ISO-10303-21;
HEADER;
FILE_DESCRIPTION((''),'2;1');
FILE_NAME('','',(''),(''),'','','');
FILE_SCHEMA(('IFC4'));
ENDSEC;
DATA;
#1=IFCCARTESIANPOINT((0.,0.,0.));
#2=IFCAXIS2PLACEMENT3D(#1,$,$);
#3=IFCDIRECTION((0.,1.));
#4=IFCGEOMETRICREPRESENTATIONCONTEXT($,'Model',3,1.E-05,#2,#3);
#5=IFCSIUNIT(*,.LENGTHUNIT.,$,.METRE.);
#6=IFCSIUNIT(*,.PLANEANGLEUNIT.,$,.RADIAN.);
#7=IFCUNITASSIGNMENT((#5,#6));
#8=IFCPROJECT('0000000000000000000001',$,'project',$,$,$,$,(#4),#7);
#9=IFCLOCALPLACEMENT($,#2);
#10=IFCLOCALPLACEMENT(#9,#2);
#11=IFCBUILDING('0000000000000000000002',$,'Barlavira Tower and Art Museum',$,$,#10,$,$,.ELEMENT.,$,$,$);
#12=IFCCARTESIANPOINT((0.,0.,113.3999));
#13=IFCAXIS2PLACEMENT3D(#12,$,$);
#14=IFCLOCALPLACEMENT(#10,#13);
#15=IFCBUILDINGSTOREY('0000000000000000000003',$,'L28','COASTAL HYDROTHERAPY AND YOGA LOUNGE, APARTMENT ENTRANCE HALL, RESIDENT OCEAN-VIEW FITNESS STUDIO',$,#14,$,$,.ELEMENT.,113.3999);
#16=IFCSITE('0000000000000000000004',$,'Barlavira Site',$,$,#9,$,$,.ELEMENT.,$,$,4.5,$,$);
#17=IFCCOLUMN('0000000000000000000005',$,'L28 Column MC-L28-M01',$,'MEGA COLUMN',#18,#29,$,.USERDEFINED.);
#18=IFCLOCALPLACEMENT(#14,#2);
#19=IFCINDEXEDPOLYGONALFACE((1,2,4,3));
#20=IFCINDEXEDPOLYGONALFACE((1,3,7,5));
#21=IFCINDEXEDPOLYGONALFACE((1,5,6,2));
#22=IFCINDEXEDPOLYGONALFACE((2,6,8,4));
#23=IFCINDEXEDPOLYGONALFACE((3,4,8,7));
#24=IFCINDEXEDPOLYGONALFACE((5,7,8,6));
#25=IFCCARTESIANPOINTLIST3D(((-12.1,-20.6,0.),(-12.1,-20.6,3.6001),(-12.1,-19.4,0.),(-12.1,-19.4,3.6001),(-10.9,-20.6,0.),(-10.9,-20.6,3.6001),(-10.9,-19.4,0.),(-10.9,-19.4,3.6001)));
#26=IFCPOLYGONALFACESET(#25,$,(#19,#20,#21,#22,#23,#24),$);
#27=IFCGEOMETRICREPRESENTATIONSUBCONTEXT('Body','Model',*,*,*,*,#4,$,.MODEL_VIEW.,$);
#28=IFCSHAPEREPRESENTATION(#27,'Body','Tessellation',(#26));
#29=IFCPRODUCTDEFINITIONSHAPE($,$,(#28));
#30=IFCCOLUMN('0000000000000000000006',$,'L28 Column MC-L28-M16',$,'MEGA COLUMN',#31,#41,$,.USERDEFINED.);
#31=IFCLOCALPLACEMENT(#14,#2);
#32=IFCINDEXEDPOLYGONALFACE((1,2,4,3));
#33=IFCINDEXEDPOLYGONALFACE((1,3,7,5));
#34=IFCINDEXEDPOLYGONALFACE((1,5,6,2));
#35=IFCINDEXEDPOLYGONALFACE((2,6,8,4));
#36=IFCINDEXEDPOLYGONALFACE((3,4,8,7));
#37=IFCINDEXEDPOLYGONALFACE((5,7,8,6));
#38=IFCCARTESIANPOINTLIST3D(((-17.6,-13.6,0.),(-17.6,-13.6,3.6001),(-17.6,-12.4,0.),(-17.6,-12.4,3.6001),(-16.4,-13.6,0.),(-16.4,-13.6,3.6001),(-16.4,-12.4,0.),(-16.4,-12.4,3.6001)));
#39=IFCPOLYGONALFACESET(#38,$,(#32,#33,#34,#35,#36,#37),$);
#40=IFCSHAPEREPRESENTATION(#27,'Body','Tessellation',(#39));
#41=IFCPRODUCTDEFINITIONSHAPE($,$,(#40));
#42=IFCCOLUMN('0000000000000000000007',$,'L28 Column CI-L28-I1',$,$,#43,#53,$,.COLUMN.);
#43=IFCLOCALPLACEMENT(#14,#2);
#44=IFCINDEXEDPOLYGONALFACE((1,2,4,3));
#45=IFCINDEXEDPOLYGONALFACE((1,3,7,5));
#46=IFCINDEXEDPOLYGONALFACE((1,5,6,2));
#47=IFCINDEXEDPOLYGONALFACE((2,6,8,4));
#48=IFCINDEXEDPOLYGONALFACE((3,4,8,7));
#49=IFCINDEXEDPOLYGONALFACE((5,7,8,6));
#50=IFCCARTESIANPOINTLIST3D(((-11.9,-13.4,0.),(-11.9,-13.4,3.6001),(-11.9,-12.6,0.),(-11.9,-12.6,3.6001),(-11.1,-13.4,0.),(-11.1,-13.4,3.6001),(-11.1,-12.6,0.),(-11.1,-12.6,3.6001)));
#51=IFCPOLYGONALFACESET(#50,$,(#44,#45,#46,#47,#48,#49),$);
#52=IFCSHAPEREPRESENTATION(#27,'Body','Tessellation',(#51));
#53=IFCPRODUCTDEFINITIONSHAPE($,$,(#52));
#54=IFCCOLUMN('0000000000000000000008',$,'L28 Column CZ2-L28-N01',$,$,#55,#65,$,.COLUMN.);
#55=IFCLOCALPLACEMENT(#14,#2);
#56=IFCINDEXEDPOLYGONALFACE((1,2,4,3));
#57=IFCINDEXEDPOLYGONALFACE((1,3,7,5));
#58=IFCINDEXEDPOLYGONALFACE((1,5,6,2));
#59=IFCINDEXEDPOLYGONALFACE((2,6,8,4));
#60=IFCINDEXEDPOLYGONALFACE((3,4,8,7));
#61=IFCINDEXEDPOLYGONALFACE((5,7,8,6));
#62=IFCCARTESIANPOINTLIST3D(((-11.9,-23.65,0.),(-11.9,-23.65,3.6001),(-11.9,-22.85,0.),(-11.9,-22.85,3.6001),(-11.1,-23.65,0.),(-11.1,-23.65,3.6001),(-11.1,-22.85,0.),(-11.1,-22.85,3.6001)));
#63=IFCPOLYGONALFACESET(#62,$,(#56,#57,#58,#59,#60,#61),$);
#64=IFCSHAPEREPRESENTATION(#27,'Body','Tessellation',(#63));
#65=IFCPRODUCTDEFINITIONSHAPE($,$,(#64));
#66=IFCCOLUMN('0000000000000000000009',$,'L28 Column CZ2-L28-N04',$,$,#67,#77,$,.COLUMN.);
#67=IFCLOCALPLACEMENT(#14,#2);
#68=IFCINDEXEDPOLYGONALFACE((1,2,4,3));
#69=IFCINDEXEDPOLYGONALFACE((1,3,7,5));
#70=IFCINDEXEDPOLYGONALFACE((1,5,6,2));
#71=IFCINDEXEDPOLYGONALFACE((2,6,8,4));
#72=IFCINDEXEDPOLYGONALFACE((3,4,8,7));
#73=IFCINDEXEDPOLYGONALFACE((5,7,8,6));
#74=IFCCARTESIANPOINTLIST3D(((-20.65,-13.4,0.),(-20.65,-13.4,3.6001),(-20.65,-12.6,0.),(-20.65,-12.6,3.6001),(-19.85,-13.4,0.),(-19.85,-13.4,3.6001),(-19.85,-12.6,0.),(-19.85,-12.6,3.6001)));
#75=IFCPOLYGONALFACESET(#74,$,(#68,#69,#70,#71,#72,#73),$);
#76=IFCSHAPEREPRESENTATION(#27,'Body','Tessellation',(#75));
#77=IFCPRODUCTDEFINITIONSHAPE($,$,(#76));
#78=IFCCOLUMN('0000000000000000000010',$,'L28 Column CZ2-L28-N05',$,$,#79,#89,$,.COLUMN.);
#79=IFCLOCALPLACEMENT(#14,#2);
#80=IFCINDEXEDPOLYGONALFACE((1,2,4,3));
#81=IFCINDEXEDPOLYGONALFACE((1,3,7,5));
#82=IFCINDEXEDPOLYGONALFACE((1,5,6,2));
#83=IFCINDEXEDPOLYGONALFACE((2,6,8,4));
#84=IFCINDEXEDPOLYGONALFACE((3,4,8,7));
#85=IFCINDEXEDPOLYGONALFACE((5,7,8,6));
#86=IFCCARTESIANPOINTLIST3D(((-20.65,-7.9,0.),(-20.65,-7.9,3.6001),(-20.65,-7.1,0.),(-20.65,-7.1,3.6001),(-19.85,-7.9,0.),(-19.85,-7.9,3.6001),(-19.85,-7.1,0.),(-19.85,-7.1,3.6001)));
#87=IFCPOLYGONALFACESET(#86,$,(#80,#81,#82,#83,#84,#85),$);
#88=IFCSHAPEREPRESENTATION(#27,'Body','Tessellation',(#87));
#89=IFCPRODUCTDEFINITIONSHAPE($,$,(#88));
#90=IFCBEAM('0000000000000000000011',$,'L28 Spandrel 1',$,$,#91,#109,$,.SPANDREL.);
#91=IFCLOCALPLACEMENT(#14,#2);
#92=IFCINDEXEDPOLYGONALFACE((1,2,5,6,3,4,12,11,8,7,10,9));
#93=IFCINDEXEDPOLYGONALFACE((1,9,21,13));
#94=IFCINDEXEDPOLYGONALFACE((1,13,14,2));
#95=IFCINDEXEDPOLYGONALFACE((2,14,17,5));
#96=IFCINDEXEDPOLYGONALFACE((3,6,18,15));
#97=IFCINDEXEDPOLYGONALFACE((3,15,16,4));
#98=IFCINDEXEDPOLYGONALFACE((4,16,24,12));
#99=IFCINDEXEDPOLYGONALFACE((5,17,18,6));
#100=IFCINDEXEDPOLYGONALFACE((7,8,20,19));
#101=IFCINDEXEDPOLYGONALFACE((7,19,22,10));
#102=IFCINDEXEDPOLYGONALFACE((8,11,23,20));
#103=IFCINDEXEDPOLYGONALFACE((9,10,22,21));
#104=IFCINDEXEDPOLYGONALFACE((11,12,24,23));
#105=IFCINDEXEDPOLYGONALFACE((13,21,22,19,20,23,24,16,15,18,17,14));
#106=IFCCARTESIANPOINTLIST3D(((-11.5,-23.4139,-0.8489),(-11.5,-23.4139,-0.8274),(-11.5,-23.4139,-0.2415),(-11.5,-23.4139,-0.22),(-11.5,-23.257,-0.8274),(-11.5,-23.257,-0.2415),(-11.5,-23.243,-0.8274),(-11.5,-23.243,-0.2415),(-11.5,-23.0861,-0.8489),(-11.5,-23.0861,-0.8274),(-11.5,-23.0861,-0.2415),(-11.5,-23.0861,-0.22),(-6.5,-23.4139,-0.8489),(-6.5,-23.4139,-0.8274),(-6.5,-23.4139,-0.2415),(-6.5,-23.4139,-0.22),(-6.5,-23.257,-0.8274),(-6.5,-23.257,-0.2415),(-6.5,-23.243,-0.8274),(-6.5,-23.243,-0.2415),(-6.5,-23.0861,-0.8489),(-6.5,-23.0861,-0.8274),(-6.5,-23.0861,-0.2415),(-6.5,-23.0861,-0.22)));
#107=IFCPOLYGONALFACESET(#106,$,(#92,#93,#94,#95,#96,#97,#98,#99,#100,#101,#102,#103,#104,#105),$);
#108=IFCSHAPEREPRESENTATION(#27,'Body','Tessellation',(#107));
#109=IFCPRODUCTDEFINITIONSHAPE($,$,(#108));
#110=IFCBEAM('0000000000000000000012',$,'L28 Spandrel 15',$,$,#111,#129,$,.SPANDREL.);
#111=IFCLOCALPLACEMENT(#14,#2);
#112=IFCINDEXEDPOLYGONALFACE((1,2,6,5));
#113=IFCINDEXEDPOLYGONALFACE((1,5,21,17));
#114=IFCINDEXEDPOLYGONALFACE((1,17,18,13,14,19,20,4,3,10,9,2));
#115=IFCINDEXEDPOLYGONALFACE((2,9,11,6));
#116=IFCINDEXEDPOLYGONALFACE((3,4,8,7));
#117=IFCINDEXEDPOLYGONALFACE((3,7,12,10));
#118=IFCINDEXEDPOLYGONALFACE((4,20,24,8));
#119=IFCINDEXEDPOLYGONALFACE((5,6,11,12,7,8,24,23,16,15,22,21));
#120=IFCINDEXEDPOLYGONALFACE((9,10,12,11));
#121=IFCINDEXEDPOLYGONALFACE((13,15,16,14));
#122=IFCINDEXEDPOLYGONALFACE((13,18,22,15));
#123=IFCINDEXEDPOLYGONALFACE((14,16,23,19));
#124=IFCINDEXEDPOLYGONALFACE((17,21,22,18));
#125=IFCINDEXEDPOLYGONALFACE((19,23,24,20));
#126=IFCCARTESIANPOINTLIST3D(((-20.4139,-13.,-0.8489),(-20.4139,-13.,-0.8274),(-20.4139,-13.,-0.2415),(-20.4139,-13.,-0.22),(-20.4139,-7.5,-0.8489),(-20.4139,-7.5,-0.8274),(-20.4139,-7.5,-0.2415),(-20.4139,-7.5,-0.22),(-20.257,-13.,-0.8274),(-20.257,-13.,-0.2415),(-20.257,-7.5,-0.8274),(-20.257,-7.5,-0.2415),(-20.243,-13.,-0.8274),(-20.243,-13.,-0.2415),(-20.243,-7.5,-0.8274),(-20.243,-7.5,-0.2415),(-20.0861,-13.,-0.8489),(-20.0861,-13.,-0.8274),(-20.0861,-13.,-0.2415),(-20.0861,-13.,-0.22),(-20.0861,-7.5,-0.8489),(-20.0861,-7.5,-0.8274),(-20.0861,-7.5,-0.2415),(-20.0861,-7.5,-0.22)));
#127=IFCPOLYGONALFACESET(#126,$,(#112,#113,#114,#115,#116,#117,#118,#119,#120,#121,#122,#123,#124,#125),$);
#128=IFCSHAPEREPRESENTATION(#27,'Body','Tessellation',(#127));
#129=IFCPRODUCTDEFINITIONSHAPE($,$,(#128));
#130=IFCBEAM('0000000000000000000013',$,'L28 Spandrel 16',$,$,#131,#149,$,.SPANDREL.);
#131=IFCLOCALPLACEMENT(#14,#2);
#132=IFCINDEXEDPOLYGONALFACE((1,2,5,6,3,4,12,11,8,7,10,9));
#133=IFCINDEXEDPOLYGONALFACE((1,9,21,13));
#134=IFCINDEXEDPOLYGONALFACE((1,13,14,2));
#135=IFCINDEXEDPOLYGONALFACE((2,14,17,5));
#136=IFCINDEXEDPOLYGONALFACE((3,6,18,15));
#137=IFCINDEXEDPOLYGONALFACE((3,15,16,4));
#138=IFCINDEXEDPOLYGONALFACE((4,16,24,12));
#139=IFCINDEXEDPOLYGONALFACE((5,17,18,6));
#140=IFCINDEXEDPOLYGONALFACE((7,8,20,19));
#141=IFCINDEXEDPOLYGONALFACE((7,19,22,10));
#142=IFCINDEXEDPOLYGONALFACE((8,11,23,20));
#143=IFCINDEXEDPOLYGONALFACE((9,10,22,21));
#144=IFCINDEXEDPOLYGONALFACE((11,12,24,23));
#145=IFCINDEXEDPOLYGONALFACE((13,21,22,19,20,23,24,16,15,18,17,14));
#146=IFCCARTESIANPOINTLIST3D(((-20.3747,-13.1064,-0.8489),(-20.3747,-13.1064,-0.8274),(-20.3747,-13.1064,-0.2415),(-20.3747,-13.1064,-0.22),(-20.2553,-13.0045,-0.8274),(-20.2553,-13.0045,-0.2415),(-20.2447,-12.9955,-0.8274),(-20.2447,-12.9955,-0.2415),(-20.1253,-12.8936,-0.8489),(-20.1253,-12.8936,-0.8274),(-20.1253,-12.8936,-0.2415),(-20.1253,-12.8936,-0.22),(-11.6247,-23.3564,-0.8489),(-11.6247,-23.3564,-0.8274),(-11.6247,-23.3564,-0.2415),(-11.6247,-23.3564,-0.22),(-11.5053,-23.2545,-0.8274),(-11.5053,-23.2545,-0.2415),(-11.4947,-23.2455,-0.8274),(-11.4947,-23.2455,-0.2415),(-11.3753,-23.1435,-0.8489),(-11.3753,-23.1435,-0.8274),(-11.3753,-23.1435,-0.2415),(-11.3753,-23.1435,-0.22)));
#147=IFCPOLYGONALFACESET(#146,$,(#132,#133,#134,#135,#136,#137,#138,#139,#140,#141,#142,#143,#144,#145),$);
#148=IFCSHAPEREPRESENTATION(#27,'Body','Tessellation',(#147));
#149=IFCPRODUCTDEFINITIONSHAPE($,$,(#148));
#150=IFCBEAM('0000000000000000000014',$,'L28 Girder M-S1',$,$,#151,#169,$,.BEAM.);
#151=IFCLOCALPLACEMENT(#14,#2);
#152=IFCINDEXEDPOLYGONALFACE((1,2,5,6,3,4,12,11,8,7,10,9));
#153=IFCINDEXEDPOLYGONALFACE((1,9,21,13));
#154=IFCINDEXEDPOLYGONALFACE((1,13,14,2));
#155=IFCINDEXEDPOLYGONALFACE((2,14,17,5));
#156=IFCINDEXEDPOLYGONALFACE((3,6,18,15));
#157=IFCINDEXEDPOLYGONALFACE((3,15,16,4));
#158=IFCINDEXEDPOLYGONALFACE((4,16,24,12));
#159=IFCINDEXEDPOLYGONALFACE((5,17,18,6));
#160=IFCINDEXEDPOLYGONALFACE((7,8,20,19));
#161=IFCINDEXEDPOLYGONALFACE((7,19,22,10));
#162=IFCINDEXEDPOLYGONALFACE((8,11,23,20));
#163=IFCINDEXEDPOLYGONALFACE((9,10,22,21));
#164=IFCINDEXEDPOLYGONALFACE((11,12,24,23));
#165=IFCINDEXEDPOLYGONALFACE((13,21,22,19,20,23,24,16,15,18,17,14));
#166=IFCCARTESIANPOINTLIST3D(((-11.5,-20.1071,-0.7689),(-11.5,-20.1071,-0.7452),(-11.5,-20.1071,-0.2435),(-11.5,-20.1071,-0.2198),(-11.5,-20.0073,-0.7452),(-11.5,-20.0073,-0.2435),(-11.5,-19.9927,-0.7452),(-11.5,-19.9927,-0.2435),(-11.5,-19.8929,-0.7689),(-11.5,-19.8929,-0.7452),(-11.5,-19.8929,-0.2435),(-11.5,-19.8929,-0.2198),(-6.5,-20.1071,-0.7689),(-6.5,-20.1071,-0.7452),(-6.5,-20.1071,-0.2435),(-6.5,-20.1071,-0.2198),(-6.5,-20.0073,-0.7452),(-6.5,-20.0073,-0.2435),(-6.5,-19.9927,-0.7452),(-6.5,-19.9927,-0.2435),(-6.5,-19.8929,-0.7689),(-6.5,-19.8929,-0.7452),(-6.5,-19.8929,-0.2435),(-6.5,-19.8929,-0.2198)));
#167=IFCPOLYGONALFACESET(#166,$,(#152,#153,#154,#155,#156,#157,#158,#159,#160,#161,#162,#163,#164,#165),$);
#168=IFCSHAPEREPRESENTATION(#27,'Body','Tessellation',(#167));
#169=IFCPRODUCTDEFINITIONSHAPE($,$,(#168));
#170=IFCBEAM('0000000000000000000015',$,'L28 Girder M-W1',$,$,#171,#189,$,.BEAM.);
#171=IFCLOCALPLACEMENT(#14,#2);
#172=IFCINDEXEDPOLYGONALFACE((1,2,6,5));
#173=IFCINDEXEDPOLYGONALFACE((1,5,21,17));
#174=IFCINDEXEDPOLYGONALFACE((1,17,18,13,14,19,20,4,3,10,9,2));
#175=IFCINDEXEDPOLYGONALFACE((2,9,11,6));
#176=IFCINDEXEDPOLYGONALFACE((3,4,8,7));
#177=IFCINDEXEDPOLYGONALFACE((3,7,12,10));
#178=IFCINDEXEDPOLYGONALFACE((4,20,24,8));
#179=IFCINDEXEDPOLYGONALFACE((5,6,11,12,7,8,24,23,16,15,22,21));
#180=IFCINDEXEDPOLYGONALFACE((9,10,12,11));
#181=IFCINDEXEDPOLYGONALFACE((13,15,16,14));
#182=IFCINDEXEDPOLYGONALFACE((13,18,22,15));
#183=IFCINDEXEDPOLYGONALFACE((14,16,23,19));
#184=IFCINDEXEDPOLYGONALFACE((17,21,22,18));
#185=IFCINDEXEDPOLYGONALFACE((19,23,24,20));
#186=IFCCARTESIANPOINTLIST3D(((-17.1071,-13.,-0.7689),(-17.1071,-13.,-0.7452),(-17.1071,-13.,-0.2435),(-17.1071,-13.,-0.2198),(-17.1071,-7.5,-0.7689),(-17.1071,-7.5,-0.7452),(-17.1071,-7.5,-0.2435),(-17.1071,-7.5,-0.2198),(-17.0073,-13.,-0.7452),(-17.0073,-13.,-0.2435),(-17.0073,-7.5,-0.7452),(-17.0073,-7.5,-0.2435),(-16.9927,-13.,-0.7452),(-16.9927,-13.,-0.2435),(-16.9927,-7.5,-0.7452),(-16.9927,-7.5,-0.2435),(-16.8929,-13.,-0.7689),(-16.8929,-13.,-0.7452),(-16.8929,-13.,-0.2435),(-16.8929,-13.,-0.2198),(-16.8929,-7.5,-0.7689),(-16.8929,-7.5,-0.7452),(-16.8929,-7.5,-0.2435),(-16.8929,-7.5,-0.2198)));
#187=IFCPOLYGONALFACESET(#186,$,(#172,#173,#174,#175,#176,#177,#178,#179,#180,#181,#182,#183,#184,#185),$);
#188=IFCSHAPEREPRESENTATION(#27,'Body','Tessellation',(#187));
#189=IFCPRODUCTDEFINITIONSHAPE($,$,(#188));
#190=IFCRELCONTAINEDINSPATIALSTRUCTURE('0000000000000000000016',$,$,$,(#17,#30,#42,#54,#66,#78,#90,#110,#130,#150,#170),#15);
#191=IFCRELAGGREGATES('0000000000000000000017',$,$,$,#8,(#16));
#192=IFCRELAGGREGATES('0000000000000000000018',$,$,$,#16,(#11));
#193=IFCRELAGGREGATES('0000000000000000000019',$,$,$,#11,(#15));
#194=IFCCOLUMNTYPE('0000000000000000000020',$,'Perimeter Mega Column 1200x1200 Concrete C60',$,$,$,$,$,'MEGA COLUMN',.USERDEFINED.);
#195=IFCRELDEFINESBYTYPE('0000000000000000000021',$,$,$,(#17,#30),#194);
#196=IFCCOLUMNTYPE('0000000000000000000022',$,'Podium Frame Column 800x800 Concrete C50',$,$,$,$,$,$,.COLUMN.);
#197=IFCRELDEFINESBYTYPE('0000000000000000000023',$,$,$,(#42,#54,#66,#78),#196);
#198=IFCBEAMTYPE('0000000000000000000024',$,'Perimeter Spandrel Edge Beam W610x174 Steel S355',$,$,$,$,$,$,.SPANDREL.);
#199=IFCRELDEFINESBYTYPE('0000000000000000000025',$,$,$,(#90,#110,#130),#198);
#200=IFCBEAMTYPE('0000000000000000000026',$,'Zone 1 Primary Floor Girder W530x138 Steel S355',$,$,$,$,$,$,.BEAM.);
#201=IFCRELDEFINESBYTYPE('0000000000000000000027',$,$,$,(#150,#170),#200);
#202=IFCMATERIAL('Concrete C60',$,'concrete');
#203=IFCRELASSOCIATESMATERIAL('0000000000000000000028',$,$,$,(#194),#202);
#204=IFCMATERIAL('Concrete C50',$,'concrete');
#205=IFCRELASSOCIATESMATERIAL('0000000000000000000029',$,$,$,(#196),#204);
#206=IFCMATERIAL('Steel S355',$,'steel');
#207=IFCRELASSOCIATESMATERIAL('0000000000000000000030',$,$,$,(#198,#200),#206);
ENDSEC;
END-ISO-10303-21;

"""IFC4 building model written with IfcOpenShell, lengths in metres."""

from ifc_helpers import new_model, si_unit, direction, frame, origin, origin_2d, place, context, subcontext, project, spatial, rectangle, i_section, extrude, material, material_profile, profile_set, type_object, element, save


model = new_model("IFC4")

# Units and contexts
model_context = context("Model", 3, precision=1e-05, world=origin(), true_north=direction((0.0, 1.0)))
body_context = subcontext(model_context, "Body", "Model", "MODEL_VIEW")
ifc_project = project(units=[si_unit("LENGTHUNIT", "METRE"), si_unit("PLANEANGLEUNIT", "RADIAN")], contexts=[model_context])

# Site, building, storey
site_placement = place(None, origin())
site = spatial("IfcSite", under=ifc_project, at=site_placement, Name="Barlavira Site", CompositionType="ELEMENT", RefElevation=4.5)
building_placement = place(site_placement, origin())
building = spatial("IfcBuilding", under=site, at=building_placement, Name="Barlavira Tower and Art Museum", CompositionType="ELEMENT")
storey_placement = place(building_placement, frame((0.0, 0.0, 113.3999)))
storey = spatial("IfcBuildingStorey", under=building, at=storey_placement, Name="L28", Description="COASTAL HYDROTHERAPY AND YOGA LOUNGE, APARTMENT ENTRANCE HALL, RESIDENT OCEAN-VIEW FITNESS STUDIO", CompositionType="ELEMENT", Elevation=113.3999)

# Columns
ifc_material_1 = material(Name="Concrete C60", Category="concrete")
ifc_material_profile_1 = material_profile(ifc_material_1, rectangle(XDim=1.2, YDim=1.2, at=origin_2d()), Name="RC-COL 1200x1200")
ifc_profile_set_1 = profile_set([ifc_material_profile_1], Name="Concrete C60")
column_type_1 = type_object("IfcColumnType", Name="Perimeter Mega Column 1200x1200 Concrete C60", ElementType="MEGA COLUMN", PredefinedType="USERDEFINED", material=ifc_profile_set_1)
for number, where, z_axis, x_axis, name in (
    (1, (-11.5, -20.0, 0.0), (0.0, 0.0, 1.0), (1.0, 0.0, 0.0), "L28 Column MC-L28-M01"),
    (2, (-17.0, -13.0, 0.0), (0.0, 0.0, 1.0), (1.0, 0.0, 0.0), "L28 Column MC-L28-M16"),
):
    element("IfcColumn", number, at=place(storey_placement, frame(where, z_axis=z_axis, x_axis=x_axis)), inside=storey, type_object=column_type_1, Name=name, ObjectType="MEGA COLUMN", PredefinedType="USERDEFINED", context=body_context, shape_type="SweptSolid", body=[
        extrude(rectangle(XDim=1.2, YDim=1.2, at=origin_2d()), origin(), (0.0, 0.0, 1.0), 3.6001),
    ])
ifc_material_2 = material(Name="Concrete C50", Category="concrete")
ifc_material_profile_2 = material_profile(ifc_material_2, rectangle(XDim=0.8, YDim=0.8, at=origin_2d()), Name="RC-COL 800x800")
ifc_profile_set_2 = profile_set([ifc_material_profile_2], Name="Concrete C50")
column_type_2 = type_object("IfcColumnType", Name="Podium Frame Column 800x800 Concrete C50", PredefinedType="COLUMN", material=ifc_profile_set_2)
for number, where, z_axis, x_axis, name in (
    (3, (-11.5, -13.0, 0.0), (0.0, 0.0, 1.0), (1.0, 0.0, 0.0), "L28 Column CI-L28-I1"),
    (4, (-11.5, -23.25, 0.0), (0.0, 0.0, 1.0), (1.0, 0.0, 0.0), "L28 Column CZ2-L28-N01"),
    (5, (-20.25, -13.0, 0.0), (0.0, 0.0, 1.0), (1.0, 0.0, 0.0), "L28 Column CZ2-L28-N04"),
    (6, (-20.25, -7.5, 0.0), (0.0, 0.0, 1.0), (1.0, 0.0, 0.0), "L28 Column CZ2-L28-N05"),
):
    element("IfcColumn", number, at=place(storey_placement, frame(where, z_axis=z_axis, x_axis=x_axis)), inside=storey, type_object=column_type_2, Name=name, PredefinedType="COLUMN", context=body_context, shape_type="SweptSolid", body=[
        extrude(rectangle(XDim=0.8, YDim=0.8, at=origin_2d()), origin(), (0.0, 0.0, 1.0), 3.6001),
    ])

# Beams
ifc_material_3 = material(Name="Steel S355", Category="steel")
ifc_material_profile_3 = material_profile(ifc_material_3, i_section(OverallWidth=0.3279, OverallDepth=0.6289, WebThickness=0.0139, FlangeThickness=0.0215, at=origin_2d()), Name="W610x174.0")
ifc_profile_set_3 = profile_set([ifc_material_profile_3], Name="Steel S355")
beam_type_1 = type_object("IfcBeamType", Name="Perimeter Spandrel Edge Beam W610x174 Steel S355", PredefinedType="SPANDREL", material=ifc_profile_set_3)
beam_1_placement = place(storey_placement, frame((-11.5, -23.25, -0.5344), z_axis=(1.0, 0.0, 0.0), x_axis=(0.0, 1.0, 0.0)))
element("IfcBeam", 7, at=beam_1_placement, inside=storey, type_object=beam_type_1, Name="L28 Spandrel 1", PredefinedType="SPANDREL", context=body_context, shape_type="SweptSolid", body=[
    extrude(i_section(OverallWidth=0.3279, OverallDepth=0.6289, WebThickness=0.0139, FlangeThickness=0.0215, at=origin_2d()), origin(), (0.0, 0.0, 1.0), 5.0),
])
beam_2_placement = place(storey_placement, frame((-20.25, -13.0, -0.5344), z_axis=(0.0, 1.0, 0.0), x_axis=(-1.0, 0.0, 0.0)))
element("IfcBeam", 8, at=beam_2_placement, inside=storey, type_object=beam_type_1, Name="L28 Spandrel 15", PredefinedType="SPANDREL", context=body_context, shape_type="SweptSolid", body=[
    extrude(i_section(OverallWidth=0.3279, OverallDepth=0.6289, WebThickness=0.0139, FlangeThickness=0.0215, at=origin_2d()), origin(), (0.0, 0.0, 1.0), 5.5),
])
beam_3_placement = place(storey_placement, frame((-20.25, -13.0, -0.5344), z_axis=(0.649262, -0.760565, 0.0), x_axis=(0.760565, 0.649262, 0.0)))
element("IfcBeam", 9, at=beam_3_placement, inside=storey, type_object=beam_type_1, Name="L28 Spandrel 16", PredefinedType="SPANDREL", context=body_context, shape_type="SweptSolid", body=[
    extrude(i_section(OverallWidth=0.3279, OverallDepth=0.6289, WebThickness=0.0139, FlangeThickness=0.0215, at=origin_2d()), origin(), (0.0, 0.0, 1.0), 13.4768),
])
ifc_material_profile_4 = material_profile(ifc_material_3, i_section(OverallWidth=0.2141, OverallDepth=0.5491, WebThickness=0.0146, FlangeThickness=0.0237, at=origin_2d()), Name="W530x138.0")
ifc_profile_set_4 = profile_set([ifc_material_profile_4], Name="Steel S355")
beam_type_2 = type_object("IfcBeamType", Name="Zone 1 Primary Floor Girder W530x138 Steel S355", PredefinedType="BEAM", material=ifc_profile_set_4)
beam_4_placement = place(storey_placement, frame((-11.5, -20.0, -0.4944), z_axis=(1.0, 0.0, 0.0), x_axis=(0.0, 1.0, 0.0)))
element("IfcBeam", 10, at=beam_4_placement, inside=storey, type_object=beam_type_2, Name="L28 Girder M-S1", PredefinedType="BEAM", context=body_context, shape_type="SweptSolid", body=[
    extrude(i_section(OverallWidth=0.2141, OverallDepth=0.5491, WebThickness=0.0146, FlangeThickness=0.0237, at=origin_2d()), origin(), (0.0, 0.0, 1.0), 5.0),
])
for number, where, z_axis, x_axis, name in (
    (11, (-17.0, -13.0, -0.4944), (0.0, 1.0, 0.0), (-1.0, 0.0, 0.0), "L28 Girder M-W1"),
):
    element("IfcBeam", number, at=place(storey_placement, frame(where, z_axis=z_axis, x_axis=x_axis)), inside=storey, type_object=beam_type_2, Name=name, PredefinedType="BEAM", context=body_context, shape_type="SweptSolid", body=[
        extrude(i_section(OverallWidth=0.2141, OverallDepth=0.5491, WebThickness=0.0146, FlangeThickness=0.0237, at=origin_2d()), origin(), (0.0, 0.0, 1.0), 5.5),
    ])

save(model, "model.ifc")
